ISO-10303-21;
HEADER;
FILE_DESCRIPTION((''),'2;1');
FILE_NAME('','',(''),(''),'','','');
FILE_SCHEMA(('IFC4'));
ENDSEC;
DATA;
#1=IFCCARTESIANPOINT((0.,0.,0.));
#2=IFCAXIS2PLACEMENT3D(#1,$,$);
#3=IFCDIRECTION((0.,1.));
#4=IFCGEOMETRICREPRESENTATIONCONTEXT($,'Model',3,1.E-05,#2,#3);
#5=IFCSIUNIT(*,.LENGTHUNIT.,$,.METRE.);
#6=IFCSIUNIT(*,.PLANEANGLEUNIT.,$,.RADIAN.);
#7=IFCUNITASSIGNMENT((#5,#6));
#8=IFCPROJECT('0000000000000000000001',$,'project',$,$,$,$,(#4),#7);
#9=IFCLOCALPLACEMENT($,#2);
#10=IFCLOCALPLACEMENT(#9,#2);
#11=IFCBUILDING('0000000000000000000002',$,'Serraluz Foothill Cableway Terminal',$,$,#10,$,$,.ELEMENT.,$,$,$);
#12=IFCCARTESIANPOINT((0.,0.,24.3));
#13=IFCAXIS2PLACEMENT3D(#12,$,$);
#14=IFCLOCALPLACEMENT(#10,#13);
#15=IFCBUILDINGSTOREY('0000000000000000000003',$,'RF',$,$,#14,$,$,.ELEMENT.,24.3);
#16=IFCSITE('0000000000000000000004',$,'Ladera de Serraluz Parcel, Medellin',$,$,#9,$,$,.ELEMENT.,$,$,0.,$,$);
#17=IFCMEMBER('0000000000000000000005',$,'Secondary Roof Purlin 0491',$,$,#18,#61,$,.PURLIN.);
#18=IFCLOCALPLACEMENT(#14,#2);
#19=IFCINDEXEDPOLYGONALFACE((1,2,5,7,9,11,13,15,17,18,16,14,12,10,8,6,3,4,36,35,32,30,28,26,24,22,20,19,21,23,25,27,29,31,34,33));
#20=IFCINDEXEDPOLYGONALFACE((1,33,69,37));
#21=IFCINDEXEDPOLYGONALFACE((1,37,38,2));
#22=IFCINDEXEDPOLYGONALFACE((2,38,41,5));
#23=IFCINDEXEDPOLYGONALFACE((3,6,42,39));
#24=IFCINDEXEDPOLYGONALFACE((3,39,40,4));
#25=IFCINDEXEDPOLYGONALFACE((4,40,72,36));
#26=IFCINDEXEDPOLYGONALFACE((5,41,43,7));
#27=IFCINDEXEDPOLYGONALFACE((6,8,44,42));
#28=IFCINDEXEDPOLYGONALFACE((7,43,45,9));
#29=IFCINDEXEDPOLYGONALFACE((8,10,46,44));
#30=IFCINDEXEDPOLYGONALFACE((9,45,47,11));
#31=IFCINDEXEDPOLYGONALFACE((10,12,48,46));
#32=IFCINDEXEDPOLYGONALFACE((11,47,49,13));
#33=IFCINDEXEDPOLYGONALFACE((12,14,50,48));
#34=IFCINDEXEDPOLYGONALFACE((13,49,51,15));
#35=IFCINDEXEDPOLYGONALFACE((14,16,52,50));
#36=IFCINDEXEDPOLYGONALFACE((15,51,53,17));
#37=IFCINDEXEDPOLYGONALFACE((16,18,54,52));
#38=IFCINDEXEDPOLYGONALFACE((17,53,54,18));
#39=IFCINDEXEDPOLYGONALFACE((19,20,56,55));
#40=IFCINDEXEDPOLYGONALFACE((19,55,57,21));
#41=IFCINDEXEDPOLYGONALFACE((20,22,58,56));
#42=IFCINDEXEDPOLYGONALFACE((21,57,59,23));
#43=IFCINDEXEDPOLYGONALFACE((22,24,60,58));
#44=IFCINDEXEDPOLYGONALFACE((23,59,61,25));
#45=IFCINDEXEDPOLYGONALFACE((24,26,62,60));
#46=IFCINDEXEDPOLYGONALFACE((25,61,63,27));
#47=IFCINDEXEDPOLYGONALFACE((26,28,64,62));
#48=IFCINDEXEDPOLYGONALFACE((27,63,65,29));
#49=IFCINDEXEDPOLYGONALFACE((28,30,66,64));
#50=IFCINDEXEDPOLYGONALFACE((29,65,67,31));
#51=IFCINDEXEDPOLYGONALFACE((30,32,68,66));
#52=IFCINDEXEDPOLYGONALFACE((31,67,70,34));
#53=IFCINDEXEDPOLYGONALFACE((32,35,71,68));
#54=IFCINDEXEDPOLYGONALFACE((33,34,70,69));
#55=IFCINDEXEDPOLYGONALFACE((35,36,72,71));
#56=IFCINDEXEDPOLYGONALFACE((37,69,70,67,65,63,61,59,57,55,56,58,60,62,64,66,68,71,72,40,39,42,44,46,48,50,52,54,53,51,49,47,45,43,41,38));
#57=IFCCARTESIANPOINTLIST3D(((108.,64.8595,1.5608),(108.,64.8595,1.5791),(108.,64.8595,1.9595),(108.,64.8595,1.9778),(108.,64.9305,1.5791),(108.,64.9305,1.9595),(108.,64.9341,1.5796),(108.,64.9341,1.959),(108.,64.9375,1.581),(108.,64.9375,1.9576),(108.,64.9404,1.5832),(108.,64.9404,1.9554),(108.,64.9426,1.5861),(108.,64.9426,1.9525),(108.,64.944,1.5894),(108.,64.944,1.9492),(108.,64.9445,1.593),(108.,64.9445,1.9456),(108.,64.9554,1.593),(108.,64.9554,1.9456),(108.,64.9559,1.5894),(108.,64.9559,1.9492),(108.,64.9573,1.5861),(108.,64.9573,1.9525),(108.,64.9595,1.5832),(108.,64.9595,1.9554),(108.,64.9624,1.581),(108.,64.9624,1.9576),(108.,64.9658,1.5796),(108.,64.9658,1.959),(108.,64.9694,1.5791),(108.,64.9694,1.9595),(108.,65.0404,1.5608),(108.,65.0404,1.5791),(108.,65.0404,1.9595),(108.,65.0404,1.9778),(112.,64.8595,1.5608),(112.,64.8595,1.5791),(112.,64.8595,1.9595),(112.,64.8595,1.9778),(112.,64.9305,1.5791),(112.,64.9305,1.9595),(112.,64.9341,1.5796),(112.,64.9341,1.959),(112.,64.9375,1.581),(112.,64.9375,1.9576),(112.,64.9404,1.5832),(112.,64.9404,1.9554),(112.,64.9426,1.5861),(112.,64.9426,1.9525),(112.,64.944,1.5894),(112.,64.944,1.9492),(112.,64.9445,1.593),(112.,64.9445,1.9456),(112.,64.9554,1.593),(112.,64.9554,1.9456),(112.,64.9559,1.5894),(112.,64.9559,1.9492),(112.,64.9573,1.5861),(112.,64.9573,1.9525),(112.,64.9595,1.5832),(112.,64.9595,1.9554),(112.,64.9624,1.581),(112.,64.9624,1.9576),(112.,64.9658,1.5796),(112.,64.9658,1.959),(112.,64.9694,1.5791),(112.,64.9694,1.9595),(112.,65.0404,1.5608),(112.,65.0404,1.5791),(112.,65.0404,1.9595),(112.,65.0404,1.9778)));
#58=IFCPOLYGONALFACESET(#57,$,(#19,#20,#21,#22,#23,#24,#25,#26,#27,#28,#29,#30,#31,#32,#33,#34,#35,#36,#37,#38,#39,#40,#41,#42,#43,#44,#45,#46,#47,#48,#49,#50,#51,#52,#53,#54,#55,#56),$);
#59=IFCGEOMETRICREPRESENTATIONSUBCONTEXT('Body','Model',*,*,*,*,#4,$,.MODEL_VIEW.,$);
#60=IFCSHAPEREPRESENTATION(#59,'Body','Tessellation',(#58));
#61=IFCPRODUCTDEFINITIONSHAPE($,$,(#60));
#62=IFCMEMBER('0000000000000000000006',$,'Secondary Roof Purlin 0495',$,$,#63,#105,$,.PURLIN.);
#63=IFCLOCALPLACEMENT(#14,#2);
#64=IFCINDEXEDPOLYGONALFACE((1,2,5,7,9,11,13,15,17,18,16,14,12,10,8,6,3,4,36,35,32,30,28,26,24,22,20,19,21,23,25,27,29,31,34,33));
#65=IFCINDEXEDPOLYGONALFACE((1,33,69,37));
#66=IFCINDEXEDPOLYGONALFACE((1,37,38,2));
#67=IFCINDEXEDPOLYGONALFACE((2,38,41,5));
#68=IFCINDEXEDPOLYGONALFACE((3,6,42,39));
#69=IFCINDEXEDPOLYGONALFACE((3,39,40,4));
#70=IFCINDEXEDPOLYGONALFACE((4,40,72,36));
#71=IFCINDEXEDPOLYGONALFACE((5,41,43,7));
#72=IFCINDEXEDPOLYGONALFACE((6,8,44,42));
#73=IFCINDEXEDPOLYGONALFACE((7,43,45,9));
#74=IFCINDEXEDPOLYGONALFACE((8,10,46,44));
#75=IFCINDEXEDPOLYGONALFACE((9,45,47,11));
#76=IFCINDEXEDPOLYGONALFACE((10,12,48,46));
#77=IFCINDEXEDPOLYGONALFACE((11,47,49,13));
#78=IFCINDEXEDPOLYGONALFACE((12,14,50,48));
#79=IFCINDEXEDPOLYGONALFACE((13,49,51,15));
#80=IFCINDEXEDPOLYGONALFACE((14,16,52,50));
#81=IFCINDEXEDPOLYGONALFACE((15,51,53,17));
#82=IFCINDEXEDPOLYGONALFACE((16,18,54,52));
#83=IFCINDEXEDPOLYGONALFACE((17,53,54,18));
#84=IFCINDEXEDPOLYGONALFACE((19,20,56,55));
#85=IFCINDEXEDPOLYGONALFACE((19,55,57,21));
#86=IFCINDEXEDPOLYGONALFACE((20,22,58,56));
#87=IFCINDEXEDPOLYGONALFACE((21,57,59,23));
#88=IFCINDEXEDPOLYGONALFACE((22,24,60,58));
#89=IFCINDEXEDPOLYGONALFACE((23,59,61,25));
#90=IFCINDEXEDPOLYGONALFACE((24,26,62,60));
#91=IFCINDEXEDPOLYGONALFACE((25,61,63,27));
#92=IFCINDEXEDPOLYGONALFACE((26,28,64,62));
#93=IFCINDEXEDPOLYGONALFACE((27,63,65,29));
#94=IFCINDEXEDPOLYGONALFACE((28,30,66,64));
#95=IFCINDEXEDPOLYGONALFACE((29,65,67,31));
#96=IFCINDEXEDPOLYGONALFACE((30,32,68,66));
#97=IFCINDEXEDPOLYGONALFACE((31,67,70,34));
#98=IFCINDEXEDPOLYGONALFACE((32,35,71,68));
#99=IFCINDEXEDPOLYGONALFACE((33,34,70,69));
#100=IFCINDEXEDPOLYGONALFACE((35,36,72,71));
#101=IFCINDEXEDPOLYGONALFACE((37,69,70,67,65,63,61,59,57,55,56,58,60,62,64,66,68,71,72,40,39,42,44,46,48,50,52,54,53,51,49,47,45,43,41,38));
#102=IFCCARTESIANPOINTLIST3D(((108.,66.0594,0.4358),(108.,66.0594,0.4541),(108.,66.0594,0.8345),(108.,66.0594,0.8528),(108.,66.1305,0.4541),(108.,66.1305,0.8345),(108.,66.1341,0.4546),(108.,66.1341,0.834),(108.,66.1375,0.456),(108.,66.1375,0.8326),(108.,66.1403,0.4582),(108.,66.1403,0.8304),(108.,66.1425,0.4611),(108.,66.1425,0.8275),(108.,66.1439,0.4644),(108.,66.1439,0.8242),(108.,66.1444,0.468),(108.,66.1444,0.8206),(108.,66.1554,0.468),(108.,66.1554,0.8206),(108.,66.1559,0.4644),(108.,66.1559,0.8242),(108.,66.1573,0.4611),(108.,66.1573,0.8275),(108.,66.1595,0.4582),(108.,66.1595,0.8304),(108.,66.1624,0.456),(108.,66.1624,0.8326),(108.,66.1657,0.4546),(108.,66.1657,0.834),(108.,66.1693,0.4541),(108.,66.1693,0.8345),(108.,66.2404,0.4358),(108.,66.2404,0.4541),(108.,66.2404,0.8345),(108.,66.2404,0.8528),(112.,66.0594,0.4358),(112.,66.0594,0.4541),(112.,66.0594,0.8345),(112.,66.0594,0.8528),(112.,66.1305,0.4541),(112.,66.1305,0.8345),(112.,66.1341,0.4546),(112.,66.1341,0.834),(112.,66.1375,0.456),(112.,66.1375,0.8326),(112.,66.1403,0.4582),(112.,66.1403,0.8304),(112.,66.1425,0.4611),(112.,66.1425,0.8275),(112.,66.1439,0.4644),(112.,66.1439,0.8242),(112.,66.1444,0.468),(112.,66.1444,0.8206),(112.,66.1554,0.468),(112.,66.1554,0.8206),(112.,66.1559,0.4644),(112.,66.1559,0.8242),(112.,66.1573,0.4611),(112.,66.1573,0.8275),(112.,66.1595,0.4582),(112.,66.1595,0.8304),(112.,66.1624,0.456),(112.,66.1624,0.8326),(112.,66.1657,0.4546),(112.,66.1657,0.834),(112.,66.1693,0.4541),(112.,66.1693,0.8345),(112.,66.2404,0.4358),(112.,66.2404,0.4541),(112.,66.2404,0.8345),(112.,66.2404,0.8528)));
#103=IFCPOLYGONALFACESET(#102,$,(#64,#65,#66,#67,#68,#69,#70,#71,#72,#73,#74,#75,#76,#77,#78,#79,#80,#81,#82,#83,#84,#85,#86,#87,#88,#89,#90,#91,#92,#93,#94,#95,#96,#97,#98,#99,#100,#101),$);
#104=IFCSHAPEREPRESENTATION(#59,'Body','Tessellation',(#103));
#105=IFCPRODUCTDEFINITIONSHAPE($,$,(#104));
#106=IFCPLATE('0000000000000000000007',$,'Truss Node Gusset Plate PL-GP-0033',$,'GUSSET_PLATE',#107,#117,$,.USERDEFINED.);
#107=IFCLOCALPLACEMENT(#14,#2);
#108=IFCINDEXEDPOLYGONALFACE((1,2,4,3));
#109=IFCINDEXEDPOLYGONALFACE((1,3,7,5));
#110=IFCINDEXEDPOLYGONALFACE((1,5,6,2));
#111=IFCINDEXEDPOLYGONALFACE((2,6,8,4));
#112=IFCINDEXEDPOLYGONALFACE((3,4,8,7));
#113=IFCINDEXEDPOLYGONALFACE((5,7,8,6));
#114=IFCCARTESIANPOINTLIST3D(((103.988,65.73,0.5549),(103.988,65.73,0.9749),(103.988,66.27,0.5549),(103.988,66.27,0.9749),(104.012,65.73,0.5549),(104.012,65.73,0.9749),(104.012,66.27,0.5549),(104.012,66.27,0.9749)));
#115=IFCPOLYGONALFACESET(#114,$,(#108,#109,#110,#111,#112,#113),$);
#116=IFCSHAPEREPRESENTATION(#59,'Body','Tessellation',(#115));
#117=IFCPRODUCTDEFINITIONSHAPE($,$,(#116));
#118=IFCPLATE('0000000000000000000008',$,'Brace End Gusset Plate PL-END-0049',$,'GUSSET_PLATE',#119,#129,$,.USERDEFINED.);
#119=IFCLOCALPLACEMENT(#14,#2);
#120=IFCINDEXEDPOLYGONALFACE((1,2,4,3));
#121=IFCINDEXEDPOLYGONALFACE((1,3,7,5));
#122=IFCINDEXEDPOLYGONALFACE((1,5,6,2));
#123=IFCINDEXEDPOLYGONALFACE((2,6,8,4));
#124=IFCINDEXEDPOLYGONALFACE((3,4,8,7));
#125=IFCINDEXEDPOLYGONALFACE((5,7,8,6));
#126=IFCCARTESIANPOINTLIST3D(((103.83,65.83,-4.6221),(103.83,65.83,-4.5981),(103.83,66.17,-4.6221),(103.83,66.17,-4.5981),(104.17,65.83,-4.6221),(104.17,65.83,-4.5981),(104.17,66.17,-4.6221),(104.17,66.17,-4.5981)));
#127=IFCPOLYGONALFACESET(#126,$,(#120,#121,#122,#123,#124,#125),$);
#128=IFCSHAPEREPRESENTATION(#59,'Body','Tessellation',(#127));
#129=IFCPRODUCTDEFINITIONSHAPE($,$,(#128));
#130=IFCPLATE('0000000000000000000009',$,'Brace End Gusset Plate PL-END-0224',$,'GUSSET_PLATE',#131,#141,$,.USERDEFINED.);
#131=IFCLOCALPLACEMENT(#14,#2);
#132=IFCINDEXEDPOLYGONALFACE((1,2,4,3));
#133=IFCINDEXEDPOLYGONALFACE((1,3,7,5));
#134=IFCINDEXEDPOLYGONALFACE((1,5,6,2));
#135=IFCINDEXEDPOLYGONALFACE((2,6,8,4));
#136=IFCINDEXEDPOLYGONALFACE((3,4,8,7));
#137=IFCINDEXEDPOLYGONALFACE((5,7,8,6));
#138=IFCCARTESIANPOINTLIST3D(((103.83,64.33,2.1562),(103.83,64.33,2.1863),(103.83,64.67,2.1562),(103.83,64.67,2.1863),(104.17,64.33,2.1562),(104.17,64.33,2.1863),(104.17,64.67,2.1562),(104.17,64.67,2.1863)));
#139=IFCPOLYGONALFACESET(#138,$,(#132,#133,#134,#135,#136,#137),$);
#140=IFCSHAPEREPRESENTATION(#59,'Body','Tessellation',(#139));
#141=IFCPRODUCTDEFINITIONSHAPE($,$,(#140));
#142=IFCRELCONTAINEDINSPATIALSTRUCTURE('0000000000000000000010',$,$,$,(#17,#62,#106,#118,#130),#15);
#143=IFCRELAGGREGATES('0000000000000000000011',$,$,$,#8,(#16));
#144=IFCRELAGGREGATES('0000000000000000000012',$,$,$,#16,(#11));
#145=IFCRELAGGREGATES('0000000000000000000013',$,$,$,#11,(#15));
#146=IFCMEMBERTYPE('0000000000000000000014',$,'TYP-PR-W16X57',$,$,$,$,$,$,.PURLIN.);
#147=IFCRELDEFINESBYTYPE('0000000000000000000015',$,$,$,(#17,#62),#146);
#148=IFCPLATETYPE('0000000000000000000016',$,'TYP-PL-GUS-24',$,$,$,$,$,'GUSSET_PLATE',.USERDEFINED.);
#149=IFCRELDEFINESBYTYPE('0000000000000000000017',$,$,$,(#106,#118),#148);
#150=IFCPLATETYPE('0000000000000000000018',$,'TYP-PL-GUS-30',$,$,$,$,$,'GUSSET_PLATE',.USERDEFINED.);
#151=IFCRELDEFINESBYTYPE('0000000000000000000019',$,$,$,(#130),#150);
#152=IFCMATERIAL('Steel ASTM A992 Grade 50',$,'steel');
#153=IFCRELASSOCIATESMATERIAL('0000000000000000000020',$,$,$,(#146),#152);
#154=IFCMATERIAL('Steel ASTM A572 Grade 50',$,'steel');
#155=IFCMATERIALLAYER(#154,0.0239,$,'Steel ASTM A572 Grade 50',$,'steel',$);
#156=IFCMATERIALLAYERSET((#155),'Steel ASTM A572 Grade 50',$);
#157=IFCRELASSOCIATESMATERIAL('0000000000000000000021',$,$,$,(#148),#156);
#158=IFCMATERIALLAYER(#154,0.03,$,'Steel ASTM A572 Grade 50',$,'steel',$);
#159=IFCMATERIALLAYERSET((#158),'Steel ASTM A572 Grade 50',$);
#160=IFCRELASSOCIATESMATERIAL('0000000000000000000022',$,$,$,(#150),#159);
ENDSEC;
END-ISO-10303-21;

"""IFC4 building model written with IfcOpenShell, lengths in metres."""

from ifc_helpers import new_model, si_unit, direction, frame, origin, origin_2d, place, context, subcontext, project, spatial, rectangle, i_section, extrude, material, layer, layer_set, material_profile, profile_set, type_object, element, save


model = new_model("IFC4")

# Units and contexts
model_context = context("Model", 3, precision=1e-05, world=origin(), true_north=direction((0.0, 1.0)))
body_context = subcontext(model_context, "Body", "Model", "MODEL_VIEW")
ifc_project = project(units=[si_unit("LENGTHUNIT", "METRE"), si_unit("PLANEANGLEUNIT", "RADIAN")], contexts=[model_context])

# Site, building, storey
site_placement = place(None, origin())
site = spatial("IfcSite", under=ifc_project, at=site_placement, Name="Ladera de Serraluz Parcel, Medellin", CompositionType="ELEMENT", RefElevation=0.0)
building_placement = place(site_placement, origin())
building = spatial("IfcBuilding", under=site, at=building_placement, Name="Serraluz Foothill Cableway Terminal", CompositionType="ELEMENT")
storey_placement = place(building_placement, frame((0.0, 0.0, 24.3)))
storey = spatial("IfcBuildingStorey", under=building, at=storey_placement, Name="RF", CompositionType="ELEMENT", Elevation=24.3)

# Members
ifc_material_1 = material(Name="Steel ASTM A572 Grade 50", Category="steel")
ifc_material_2 = material(Name="Steel ASTM A992 Grade 50", Category="steel")
ifc_material_profile_1 = material_profile(ifc_material_2, i_section(OverallWidth=0.1809, OverallDepth=0.417, WebThickness=0.011, FlangeThickness=0.0183, FilletRadius=0.0139, at=origin_2d()), Name="W16X57")
ifc_profile_set_1 = profile_set([ifc_material_profile_1], Name="Steel ASTM A992 Grade 50")
member_type_1 = type_object("IfcMemberType", Name="TYP-PR-W16X57", PredefinedType="PURLIN", material=ifc_profile_set_1)
for number, where, z_axis, x_axis, name in (
    (1, (108.0, 64.95, 1.7693), (1.0, 0.0, 0.0), (0.0, 1.0, 0.0), "Secondary Roof Purlin 0491"),
    (2, (108.0, 66.1499, 0.6443), (1.0, 0.0, 0.0), (0.0, 1.0, 0.0), "Secondary Roof Purlin 0495"),
):
    element("IfcMember", number, at=place(storey_placement, frame(where, z_axis=z_axis, x_axis=x_axis)), inside=storey, type_object=member_type_1, Name=name, PredefinedType="PURLIN", context=body_context, shape_type="SweptSolid", body=[
        extrude(i_section(OverallWidth=0.1809, OverallDepth=0.417, WebThickness=0.011, FlangeThickness=0.0183, FilletRadius=0.0139, at=origin_2d()), origin(), (0.0, 0.0, 1.0), 4.0),
    ])

# Plates
ifc_layer_1 = layer(ifc_material_1, 0.0239, Name="Steel ASTM A572 Grade 50", Category="steel")
ifc_layer_set_1 = layer_set([ifc_layer_1], Name="Steel ASTM A572 Grade 50")
plate_type_1 = type_object("IfcPlateType", Name="TYP-PL-GUS-24", ElementType="GUSSET_PLATE", PredefinedType="USERDEFINED", material=ifc_layer_set_1)
plate_1_placement = place(storey_placement, frame((104.0, 66.0, 0.5549), z_axis=(0.0, 0.0, 1.0), x_axis=(1.0, 0.0, 0.0)))
element("IfcPlate", 3, at=plate_1_placement, inside=storey, type_object=plate_type_1, Name="Truss Node Gusset Plate PL-GP-0033", ObjectType="GUSSET_PLATE", PredefinedType="USERDEFINED", context=body_context, shape_type="SweptSolid", body=[
    extrude(rectangle(XDim=0.0239, YDim=0.54, at=origin_2d()), origin(), (0.0, 0.0, 1.0), 0.4199),
])
plate_2_placement = place(storey_placement, frame((104.0, 66.0, -4.6221), z_axis=(0.0, 0.0, 1.0), x_axis=(1.0, 0.0, 0.0)))
element("IfcPlate", 4, at=plate_2_placement, inside=storey, type_object=plate_type_1, Name="Brace End Gusset Plate PL-END-0049", ObjectType="GUSSET_PLATE", PredefinedType="USERDEFINED", context=body_context, shape_type="SweptSolid", body=[
    extrude(rectangle(XDim=0.3401, YDim=0.3401, at=origin_2d()), origin(), (0.0, 0.0, 1.0), 0.0239),
])
ifc_layer_2 = layer(ifc_material_1, 0.03, Name="Steel ASTM A572 Grade 50", Category="steel")
ifc_layer_set_2 = layer_set([ifc_layer_2], Name="Steel ASTM A572 Grade 50")
plate_type_2 = type_object("IfcPlateType", Name="TYP-PL-GUS-30", ElementType="GUSSET_PLATE", PredefinedType="USERDEFINED", material=ifc_layer_set_2)
plate_3_placement = place(storey_placement, frame((104.0, 64.5, 2.1562), z_axis=(0.0, 0.0, 1.0), x_axis=(1.0, 0.0, 0.0)))
element("IfcPlate", 5, at=plate_3_placement, inside=storey, type_object=plate_type_2, Name="Brace End Gusset Plate PL-END-0224", ObjectType="GUSSET_PLATE", PredefinedType="USERDEFINED", context=body_context, shape_type="SweptSolid", body=[
    extrude(rectangle(XDim=0.3401, YDim=0.3401, at=origin_2d()), origin(), (0.0, 0.0, 1.0), 0.03),
])

save(model, "model.ifc")
